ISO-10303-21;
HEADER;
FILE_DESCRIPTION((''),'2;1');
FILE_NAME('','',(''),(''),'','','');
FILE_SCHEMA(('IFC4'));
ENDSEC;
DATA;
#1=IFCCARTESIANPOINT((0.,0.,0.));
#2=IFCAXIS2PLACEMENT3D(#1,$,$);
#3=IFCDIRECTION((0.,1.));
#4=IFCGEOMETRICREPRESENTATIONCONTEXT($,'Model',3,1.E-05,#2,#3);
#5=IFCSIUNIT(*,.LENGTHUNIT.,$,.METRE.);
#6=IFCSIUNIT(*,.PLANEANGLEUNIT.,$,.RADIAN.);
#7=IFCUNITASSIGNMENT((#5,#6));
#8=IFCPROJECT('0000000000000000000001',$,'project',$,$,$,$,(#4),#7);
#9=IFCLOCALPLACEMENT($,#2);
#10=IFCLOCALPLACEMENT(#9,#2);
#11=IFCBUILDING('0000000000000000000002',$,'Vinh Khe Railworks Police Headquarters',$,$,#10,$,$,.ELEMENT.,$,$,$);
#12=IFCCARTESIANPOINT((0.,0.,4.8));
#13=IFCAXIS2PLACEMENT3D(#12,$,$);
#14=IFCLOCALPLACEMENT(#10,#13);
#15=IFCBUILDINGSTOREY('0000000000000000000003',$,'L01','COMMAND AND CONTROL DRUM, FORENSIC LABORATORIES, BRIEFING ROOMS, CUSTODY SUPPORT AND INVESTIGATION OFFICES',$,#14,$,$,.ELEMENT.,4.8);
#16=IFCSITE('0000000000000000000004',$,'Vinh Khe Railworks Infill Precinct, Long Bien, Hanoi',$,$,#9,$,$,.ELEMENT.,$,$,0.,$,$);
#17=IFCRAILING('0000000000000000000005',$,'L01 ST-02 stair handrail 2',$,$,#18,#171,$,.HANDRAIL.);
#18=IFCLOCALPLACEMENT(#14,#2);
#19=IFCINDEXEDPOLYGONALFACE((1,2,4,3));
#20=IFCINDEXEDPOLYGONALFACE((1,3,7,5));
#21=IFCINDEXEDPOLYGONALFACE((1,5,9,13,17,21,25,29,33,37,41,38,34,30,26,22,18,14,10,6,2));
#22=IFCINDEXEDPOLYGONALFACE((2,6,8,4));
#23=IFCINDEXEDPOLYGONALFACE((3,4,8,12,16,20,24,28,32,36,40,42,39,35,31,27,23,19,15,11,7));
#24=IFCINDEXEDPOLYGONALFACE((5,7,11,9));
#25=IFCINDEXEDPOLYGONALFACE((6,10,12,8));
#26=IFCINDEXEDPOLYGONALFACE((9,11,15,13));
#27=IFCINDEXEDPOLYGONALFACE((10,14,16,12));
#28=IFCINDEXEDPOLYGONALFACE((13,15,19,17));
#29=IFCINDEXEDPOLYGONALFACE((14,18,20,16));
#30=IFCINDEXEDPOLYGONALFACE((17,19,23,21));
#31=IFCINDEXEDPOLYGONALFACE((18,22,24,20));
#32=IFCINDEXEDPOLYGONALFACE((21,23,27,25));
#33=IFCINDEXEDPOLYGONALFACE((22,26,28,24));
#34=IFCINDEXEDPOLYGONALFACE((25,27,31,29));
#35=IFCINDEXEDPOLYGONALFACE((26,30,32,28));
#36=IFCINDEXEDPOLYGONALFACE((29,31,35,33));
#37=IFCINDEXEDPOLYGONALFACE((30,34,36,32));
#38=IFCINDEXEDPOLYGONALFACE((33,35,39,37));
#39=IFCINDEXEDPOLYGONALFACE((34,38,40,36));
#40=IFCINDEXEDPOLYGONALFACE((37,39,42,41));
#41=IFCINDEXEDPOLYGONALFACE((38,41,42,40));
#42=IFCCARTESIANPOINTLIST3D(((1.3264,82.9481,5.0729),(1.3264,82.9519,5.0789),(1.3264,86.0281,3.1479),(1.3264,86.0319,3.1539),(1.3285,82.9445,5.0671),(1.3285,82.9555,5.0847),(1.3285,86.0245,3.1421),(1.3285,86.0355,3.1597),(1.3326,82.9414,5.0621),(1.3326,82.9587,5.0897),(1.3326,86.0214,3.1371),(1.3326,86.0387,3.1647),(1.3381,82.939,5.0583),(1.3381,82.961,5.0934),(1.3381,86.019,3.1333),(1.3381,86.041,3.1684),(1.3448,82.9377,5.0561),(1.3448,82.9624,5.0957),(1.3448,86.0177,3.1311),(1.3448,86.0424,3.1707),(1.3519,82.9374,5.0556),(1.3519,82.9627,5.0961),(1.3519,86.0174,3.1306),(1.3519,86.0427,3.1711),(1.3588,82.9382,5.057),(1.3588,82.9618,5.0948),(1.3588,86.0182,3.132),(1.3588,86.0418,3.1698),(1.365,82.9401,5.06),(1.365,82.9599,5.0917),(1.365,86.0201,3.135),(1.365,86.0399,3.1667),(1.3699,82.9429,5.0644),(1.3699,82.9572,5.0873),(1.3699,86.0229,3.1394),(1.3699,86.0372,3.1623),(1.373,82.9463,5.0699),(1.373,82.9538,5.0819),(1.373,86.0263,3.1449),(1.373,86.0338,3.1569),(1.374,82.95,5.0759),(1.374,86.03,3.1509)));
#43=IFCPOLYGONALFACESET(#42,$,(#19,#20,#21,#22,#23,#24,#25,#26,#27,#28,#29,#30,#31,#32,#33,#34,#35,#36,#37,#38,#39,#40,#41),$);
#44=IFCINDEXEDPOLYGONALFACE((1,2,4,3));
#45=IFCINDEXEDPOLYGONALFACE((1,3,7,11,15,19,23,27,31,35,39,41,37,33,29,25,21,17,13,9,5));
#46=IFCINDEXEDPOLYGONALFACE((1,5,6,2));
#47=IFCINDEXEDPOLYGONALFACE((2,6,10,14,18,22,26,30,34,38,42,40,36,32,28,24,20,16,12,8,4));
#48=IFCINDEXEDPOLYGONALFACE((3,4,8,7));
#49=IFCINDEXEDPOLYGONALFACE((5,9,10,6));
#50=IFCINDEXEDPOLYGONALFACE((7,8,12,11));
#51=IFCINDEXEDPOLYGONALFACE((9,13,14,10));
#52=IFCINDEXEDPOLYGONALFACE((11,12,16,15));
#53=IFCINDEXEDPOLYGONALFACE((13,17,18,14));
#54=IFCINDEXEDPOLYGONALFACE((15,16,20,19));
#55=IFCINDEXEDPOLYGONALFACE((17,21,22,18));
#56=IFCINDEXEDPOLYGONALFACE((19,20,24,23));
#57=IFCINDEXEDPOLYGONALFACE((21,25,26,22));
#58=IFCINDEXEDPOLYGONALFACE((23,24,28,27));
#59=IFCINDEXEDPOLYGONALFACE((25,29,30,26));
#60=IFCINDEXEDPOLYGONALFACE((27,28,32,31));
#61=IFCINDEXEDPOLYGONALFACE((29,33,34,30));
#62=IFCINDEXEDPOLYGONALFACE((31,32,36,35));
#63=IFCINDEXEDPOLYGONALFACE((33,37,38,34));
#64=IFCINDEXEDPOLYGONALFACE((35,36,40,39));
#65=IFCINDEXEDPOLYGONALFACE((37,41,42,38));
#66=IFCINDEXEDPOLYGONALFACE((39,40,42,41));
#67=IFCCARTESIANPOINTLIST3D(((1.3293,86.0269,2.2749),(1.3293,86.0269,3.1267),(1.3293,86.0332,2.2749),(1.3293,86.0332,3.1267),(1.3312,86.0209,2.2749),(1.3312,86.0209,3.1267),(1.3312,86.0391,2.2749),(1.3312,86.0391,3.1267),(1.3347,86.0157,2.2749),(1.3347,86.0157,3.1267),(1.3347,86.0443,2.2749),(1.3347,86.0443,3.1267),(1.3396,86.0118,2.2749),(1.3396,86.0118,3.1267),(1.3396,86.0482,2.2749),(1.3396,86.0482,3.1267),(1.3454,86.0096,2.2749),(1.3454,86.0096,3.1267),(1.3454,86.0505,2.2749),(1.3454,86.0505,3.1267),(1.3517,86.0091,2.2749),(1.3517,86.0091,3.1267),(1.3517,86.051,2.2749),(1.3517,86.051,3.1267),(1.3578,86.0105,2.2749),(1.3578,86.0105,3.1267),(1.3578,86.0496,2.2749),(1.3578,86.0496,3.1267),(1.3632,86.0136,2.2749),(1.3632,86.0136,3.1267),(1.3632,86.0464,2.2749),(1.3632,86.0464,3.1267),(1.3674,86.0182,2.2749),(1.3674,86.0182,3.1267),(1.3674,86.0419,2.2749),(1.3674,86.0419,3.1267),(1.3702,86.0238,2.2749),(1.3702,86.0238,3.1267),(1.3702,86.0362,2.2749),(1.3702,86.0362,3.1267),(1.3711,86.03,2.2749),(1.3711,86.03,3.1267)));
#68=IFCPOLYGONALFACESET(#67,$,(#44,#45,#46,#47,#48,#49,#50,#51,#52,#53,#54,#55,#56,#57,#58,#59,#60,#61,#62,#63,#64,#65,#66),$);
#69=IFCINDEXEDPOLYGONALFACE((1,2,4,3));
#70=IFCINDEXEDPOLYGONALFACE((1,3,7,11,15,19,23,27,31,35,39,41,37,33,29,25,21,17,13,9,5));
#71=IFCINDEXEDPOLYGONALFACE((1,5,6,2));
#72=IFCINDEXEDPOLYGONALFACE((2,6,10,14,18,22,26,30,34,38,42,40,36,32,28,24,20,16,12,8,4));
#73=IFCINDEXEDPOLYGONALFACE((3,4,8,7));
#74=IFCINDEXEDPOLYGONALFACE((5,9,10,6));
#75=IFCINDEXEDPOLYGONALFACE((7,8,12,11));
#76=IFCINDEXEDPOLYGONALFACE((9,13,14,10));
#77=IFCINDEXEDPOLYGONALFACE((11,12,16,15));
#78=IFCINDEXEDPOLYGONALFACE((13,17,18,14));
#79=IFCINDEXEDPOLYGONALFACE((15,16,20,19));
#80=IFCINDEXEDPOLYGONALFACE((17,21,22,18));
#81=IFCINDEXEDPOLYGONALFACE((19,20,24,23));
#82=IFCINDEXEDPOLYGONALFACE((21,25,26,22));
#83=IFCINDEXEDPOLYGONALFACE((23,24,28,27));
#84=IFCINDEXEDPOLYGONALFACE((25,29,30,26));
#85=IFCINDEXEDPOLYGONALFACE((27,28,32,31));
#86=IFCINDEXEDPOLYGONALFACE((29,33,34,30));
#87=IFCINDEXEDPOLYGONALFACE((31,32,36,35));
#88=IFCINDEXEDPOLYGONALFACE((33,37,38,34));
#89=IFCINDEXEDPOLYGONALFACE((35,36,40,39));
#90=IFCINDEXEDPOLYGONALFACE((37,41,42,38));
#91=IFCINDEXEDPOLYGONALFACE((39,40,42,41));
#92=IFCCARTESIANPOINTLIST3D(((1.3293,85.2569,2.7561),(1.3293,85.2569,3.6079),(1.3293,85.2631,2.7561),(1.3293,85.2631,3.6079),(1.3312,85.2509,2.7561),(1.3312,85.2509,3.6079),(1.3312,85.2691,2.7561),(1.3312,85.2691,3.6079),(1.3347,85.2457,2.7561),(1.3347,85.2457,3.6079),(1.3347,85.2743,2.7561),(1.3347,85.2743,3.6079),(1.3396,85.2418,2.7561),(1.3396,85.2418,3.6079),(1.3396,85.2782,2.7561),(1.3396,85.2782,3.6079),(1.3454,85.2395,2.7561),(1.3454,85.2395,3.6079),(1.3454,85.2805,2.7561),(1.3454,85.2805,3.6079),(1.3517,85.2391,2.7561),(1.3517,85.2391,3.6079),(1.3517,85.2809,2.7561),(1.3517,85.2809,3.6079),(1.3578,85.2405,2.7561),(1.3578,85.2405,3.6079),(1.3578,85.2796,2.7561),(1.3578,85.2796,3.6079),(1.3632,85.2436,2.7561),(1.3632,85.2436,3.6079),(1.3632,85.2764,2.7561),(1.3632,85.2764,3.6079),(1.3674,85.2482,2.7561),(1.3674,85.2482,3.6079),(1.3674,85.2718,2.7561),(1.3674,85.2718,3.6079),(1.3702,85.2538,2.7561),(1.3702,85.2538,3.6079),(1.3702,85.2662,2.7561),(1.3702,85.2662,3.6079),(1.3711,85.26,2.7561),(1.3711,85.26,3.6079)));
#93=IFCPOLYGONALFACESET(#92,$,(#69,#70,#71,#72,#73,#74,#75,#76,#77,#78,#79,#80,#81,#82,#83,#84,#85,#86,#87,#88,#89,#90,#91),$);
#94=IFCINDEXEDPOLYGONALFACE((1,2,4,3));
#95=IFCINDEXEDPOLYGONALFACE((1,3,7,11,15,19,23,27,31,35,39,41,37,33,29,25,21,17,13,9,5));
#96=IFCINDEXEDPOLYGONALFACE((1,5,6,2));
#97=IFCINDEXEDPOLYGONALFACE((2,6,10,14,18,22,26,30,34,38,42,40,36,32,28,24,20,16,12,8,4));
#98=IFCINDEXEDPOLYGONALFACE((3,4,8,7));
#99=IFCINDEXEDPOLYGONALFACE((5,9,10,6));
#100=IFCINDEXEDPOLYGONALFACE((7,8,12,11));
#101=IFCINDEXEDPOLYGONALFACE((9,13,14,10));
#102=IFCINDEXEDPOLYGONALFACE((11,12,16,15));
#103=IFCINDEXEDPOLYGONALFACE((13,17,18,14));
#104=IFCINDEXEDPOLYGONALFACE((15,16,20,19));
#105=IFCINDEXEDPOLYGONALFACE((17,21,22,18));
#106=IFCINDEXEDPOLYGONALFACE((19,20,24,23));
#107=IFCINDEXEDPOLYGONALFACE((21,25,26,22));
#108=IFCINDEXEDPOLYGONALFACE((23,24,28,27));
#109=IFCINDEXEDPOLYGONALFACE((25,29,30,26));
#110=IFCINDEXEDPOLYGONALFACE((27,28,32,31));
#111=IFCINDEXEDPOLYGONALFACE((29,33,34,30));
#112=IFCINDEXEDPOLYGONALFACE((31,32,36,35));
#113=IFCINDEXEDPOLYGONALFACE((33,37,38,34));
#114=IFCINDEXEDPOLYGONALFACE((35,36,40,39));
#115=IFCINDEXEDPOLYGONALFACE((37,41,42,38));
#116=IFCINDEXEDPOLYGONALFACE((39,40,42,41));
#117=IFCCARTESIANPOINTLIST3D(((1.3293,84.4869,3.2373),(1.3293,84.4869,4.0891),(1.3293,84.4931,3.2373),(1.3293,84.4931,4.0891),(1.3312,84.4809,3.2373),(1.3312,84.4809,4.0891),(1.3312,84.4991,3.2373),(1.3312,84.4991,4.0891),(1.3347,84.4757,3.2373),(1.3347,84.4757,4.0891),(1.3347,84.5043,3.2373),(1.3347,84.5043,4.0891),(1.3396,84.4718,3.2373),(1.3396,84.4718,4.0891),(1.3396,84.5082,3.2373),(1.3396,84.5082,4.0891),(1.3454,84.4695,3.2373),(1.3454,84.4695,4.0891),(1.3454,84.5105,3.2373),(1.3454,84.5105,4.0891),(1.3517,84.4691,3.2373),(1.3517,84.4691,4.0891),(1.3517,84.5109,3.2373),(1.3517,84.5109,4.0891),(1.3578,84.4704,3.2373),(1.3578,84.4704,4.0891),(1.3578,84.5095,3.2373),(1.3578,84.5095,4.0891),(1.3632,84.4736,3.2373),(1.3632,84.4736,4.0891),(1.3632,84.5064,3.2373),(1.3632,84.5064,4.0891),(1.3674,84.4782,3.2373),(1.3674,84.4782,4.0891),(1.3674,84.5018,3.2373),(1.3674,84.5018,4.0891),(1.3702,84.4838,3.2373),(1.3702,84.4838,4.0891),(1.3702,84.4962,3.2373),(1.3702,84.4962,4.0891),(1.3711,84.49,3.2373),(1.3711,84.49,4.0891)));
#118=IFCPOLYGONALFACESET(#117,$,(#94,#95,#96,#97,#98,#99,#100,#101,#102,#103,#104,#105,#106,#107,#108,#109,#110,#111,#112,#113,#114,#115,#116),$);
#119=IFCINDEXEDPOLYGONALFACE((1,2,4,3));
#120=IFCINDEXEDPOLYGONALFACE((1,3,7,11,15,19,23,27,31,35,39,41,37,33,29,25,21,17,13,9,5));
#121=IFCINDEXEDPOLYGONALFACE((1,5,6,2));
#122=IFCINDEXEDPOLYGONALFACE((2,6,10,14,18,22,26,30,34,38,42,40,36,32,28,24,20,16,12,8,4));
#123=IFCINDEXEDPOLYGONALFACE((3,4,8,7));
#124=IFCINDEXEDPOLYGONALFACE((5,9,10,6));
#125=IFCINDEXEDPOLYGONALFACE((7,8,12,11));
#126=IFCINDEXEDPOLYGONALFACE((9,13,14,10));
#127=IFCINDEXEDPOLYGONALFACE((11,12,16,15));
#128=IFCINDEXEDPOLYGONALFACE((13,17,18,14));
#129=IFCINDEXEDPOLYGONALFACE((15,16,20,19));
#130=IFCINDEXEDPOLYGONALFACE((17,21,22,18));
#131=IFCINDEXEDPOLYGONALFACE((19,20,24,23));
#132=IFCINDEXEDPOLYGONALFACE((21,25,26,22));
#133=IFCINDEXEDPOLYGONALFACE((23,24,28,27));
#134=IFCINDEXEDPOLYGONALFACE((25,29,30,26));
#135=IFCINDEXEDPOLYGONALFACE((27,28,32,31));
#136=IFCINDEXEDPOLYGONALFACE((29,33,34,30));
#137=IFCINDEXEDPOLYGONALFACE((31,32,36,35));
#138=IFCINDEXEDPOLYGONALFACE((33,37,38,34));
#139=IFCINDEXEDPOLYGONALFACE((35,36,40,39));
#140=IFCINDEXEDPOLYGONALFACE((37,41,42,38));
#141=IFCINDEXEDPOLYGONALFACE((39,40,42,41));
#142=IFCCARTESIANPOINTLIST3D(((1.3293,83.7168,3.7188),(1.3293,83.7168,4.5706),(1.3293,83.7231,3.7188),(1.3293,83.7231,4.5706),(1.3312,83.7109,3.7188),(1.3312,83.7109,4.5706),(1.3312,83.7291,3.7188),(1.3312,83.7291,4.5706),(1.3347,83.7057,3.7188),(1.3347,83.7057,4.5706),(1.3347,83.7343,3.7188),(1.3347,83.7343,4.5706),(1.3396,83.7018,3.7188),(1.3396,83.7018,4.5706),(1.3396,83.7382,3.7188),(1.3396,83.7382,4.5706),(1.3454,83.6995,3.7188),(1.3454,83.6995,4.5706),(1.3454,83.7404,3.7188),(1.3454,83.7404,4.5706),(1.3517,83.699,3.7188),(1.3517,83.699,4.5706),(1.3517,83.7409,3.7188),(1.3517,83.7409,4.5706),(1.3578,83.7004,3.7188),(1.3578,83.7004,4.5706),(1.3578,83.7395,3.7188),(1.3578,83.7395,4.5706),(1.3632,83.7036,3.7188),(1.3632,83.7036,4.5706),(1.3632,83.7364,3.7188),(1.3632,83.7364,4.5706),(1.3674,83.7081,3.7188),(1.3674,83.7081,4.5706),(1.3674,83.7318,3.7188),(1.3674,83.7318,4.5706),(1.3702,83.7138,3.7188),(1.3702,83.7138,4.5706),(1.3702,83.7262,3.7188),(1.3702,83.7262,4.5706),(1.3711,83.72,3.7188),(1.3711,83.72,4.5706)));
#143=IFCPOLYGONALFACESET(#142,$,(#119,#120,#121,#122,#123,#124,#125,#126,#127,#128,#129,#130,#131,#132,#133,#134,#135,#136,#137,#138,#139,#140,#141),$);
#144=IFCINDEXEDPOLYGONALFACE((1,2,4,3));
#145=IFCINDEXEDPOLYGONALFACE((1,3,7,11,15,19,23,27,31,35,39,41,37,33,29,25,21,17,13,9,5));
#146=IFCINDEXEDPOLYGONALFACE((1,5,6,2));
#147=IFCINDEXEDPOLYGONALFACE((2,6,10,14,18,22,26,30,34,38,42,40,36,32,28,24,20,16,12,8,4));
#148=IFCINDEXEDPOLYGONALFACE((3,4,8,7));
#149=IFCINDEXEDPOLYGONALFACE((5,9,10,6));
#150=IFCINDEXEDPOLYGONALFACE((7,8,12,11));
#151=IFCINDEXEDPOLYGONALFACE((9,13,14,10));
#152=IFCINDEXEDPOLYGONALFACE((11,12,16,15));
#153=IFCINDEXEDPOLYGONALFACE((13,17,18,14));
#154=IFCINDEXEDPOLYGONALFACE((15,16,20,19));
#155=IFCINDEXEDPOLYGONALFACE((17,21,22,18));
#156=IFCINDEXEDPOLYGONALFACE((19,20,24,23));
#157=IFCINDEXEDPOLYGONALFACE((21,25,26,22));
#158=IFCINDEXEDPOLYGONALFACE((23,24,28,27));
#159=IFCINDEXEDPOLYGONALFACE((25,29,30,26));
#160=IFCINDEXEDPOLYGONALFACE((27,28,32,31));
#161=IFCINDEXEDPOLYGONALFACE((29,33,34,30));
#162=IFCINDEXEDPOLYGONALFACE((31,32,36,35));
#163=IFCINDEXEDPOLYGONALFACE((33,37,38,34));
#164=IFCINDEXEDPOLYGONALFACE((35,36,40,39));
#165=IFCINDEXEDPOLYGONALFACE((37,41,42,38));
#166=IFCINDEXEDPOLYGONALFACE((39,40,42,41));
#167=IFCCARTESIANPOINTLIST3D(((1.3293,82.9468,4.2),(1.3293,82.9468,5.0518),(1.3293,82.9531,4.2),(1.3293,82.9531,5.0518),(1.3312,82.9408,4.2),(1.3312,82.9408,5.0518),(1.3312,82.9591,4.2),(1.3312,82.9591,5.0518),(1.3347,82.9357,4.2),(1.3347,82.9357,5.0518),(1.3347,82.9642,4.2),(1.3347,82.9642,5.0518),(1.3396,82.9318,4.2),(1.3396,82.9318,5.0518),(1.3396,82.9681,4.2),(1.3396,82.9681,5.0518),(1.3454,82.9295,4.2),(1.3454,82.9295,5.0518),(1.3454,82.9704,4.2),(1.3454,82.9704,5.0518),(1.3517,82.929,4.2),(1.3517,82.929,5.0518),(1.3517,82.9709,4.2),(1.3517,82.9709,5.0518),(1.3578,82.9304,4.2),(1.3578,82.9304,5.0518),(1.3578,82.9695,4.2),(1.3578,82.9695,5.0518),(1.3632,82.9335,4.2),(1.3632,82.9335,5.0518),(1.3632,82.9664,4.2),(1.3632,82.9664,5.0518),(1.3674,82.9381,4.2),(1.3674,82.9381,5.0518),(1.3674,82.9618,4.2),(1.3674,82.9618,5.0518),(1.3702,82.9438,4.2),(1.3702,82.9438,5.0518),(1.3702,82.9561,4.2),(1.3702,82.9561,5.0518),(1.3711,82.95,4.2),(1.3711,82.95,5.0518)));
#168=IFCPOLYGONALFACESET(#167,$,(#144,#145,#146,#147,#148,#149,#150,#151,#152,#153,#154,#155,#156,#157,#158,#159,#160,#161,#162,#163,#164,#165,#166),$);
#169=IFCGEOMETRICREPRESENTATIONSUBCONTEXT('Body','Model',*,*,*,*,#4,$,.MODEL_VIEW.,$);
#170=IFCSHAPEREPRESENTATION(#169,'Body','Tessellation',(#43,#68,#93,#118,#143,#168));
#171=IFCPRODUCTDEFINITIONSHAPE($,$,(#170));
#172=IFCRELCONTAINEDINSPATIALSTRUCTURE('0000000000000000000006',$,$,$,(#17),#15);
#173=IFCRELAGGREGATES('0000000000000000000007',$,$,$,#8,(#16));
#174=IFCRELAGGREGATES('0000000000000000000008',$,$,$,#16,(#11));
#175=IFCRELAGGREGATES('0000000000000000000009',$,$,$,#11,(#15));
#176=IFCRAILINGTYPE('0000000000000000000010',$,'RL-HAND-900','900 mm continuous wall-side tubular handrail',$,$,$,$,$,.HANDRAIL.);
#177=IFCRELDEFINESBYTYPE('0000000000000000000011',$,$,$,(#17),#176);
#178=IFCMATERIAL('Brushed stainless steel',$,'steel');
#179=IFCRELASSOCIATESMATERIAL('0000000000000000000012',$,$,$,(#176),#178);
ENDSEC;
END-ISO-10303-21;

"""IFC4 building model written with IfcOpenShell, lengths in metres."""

from ifc_helpers import new_model, si_unit, direction, frame, origin, origin_2d, place, context, subcontext, project, spatial, circle, extrude, material, type_object, element, save


model = new_model("IFC4")

# Units and contexts
model_context = context("Model", 3, precision=1e-05, world=origin(), true_north=direction((0.0, 1.0)))
body_context = subcontext(model_context, "Body", "Model", "MODEL_VIEW")
ifc_project = project(units=[si_unit("LENGTHUNIT", "METRE"), si_unit("PLANEANGLEUNIT", "RADIAN")], contexts=[model_context])

# Site, building, storey
site_placement = place(None, origin())
site = spatial("IfcSite", under=ifc_project, at=site_placement, Name="Vinh Khe Railworks Infill Precinct, Long Bien, Hanoi", CompositionType="ELEMENT", RefElevation=0.0)
building_placement = place(site_placement, origin())
building = spatial("IfcBuilding", under=site, at=building_placement, Name="Vinh Khe Railworks Police Headquarters", CompositionType="ELEMENT")
storey_placement = place(building_placement, frame((0.0, 0.0, 4.8)))
storey = spatial("IfcBuildingStorey", under=building, at=storey_placement, Name="L01", Description="COMMAND AND CONTROL DRUM, FORENSIC LABORATORIES, BRIEFING ROOMS, CUSTODY SUPPORT AND INVESTIGATION OFFICES", CompositionType="ELEMENT", Elevation=4.8)

# Railing
ifc_material_1 = material(Name="Brushed stainless steel", Category="steel")
railing_type_1 = type_object("IfcRailingType", Name="RL-HAND-900", Description="900 mm continuous wall-side tubular handrail", PredefinedType="HANDRAIL", material=ifc_material_1)
railing_1_placement = place(storey_placement, frame((1.3501, 86.03, 2.2749)))
element("IfcRailing", 1, at=railing_1_placement, inside=storey, type_object=railing_type_1, Name="L01 ST-02 stair handrail 2", PredefinedType="HANDRAIL", context=body_context, shape_type="SweptSolid", body=[
    extrude(circle(Radius=0.0239, at=origin_2d()), frame((0.0, 0.0, 0.876), z_axis=(0.0, -0.847998, 0.529999), x_axis=(1.0, 0.0, 0.0)), (0.0, 0.0, 1.0), 3.6321),
    extrude(circle(Radius=0.021, at=origin_2d()), origin(), (0.0, 0.0, 1.0), 0.8518),
    extrude(circle(Radius=0.021, at=origin_2d()), frame((0.0, -0.77, 0.4812)), (0.0, 0.0, 1.0), 0.8518),
    extrude(circle(Radius=0.021, at=origin_2d()), frame((0.0, -1.54, 0.9624)), (0.0, 0.0, 1.0), 0.8518),
    extrude(circle(Radius=0.021, at=origin_2d()), frame((0.0, -2.3101, 1.4438)), (0.0, 0.0, 1.0), 0.8518),
    extrude(circle(Radius=0.021, at=origin_2d()), frame((0.0, -3.0801, 1.925)), (0.0, 0.0, 1.0), 0.8518),
])

save(model, "model.ifc")
